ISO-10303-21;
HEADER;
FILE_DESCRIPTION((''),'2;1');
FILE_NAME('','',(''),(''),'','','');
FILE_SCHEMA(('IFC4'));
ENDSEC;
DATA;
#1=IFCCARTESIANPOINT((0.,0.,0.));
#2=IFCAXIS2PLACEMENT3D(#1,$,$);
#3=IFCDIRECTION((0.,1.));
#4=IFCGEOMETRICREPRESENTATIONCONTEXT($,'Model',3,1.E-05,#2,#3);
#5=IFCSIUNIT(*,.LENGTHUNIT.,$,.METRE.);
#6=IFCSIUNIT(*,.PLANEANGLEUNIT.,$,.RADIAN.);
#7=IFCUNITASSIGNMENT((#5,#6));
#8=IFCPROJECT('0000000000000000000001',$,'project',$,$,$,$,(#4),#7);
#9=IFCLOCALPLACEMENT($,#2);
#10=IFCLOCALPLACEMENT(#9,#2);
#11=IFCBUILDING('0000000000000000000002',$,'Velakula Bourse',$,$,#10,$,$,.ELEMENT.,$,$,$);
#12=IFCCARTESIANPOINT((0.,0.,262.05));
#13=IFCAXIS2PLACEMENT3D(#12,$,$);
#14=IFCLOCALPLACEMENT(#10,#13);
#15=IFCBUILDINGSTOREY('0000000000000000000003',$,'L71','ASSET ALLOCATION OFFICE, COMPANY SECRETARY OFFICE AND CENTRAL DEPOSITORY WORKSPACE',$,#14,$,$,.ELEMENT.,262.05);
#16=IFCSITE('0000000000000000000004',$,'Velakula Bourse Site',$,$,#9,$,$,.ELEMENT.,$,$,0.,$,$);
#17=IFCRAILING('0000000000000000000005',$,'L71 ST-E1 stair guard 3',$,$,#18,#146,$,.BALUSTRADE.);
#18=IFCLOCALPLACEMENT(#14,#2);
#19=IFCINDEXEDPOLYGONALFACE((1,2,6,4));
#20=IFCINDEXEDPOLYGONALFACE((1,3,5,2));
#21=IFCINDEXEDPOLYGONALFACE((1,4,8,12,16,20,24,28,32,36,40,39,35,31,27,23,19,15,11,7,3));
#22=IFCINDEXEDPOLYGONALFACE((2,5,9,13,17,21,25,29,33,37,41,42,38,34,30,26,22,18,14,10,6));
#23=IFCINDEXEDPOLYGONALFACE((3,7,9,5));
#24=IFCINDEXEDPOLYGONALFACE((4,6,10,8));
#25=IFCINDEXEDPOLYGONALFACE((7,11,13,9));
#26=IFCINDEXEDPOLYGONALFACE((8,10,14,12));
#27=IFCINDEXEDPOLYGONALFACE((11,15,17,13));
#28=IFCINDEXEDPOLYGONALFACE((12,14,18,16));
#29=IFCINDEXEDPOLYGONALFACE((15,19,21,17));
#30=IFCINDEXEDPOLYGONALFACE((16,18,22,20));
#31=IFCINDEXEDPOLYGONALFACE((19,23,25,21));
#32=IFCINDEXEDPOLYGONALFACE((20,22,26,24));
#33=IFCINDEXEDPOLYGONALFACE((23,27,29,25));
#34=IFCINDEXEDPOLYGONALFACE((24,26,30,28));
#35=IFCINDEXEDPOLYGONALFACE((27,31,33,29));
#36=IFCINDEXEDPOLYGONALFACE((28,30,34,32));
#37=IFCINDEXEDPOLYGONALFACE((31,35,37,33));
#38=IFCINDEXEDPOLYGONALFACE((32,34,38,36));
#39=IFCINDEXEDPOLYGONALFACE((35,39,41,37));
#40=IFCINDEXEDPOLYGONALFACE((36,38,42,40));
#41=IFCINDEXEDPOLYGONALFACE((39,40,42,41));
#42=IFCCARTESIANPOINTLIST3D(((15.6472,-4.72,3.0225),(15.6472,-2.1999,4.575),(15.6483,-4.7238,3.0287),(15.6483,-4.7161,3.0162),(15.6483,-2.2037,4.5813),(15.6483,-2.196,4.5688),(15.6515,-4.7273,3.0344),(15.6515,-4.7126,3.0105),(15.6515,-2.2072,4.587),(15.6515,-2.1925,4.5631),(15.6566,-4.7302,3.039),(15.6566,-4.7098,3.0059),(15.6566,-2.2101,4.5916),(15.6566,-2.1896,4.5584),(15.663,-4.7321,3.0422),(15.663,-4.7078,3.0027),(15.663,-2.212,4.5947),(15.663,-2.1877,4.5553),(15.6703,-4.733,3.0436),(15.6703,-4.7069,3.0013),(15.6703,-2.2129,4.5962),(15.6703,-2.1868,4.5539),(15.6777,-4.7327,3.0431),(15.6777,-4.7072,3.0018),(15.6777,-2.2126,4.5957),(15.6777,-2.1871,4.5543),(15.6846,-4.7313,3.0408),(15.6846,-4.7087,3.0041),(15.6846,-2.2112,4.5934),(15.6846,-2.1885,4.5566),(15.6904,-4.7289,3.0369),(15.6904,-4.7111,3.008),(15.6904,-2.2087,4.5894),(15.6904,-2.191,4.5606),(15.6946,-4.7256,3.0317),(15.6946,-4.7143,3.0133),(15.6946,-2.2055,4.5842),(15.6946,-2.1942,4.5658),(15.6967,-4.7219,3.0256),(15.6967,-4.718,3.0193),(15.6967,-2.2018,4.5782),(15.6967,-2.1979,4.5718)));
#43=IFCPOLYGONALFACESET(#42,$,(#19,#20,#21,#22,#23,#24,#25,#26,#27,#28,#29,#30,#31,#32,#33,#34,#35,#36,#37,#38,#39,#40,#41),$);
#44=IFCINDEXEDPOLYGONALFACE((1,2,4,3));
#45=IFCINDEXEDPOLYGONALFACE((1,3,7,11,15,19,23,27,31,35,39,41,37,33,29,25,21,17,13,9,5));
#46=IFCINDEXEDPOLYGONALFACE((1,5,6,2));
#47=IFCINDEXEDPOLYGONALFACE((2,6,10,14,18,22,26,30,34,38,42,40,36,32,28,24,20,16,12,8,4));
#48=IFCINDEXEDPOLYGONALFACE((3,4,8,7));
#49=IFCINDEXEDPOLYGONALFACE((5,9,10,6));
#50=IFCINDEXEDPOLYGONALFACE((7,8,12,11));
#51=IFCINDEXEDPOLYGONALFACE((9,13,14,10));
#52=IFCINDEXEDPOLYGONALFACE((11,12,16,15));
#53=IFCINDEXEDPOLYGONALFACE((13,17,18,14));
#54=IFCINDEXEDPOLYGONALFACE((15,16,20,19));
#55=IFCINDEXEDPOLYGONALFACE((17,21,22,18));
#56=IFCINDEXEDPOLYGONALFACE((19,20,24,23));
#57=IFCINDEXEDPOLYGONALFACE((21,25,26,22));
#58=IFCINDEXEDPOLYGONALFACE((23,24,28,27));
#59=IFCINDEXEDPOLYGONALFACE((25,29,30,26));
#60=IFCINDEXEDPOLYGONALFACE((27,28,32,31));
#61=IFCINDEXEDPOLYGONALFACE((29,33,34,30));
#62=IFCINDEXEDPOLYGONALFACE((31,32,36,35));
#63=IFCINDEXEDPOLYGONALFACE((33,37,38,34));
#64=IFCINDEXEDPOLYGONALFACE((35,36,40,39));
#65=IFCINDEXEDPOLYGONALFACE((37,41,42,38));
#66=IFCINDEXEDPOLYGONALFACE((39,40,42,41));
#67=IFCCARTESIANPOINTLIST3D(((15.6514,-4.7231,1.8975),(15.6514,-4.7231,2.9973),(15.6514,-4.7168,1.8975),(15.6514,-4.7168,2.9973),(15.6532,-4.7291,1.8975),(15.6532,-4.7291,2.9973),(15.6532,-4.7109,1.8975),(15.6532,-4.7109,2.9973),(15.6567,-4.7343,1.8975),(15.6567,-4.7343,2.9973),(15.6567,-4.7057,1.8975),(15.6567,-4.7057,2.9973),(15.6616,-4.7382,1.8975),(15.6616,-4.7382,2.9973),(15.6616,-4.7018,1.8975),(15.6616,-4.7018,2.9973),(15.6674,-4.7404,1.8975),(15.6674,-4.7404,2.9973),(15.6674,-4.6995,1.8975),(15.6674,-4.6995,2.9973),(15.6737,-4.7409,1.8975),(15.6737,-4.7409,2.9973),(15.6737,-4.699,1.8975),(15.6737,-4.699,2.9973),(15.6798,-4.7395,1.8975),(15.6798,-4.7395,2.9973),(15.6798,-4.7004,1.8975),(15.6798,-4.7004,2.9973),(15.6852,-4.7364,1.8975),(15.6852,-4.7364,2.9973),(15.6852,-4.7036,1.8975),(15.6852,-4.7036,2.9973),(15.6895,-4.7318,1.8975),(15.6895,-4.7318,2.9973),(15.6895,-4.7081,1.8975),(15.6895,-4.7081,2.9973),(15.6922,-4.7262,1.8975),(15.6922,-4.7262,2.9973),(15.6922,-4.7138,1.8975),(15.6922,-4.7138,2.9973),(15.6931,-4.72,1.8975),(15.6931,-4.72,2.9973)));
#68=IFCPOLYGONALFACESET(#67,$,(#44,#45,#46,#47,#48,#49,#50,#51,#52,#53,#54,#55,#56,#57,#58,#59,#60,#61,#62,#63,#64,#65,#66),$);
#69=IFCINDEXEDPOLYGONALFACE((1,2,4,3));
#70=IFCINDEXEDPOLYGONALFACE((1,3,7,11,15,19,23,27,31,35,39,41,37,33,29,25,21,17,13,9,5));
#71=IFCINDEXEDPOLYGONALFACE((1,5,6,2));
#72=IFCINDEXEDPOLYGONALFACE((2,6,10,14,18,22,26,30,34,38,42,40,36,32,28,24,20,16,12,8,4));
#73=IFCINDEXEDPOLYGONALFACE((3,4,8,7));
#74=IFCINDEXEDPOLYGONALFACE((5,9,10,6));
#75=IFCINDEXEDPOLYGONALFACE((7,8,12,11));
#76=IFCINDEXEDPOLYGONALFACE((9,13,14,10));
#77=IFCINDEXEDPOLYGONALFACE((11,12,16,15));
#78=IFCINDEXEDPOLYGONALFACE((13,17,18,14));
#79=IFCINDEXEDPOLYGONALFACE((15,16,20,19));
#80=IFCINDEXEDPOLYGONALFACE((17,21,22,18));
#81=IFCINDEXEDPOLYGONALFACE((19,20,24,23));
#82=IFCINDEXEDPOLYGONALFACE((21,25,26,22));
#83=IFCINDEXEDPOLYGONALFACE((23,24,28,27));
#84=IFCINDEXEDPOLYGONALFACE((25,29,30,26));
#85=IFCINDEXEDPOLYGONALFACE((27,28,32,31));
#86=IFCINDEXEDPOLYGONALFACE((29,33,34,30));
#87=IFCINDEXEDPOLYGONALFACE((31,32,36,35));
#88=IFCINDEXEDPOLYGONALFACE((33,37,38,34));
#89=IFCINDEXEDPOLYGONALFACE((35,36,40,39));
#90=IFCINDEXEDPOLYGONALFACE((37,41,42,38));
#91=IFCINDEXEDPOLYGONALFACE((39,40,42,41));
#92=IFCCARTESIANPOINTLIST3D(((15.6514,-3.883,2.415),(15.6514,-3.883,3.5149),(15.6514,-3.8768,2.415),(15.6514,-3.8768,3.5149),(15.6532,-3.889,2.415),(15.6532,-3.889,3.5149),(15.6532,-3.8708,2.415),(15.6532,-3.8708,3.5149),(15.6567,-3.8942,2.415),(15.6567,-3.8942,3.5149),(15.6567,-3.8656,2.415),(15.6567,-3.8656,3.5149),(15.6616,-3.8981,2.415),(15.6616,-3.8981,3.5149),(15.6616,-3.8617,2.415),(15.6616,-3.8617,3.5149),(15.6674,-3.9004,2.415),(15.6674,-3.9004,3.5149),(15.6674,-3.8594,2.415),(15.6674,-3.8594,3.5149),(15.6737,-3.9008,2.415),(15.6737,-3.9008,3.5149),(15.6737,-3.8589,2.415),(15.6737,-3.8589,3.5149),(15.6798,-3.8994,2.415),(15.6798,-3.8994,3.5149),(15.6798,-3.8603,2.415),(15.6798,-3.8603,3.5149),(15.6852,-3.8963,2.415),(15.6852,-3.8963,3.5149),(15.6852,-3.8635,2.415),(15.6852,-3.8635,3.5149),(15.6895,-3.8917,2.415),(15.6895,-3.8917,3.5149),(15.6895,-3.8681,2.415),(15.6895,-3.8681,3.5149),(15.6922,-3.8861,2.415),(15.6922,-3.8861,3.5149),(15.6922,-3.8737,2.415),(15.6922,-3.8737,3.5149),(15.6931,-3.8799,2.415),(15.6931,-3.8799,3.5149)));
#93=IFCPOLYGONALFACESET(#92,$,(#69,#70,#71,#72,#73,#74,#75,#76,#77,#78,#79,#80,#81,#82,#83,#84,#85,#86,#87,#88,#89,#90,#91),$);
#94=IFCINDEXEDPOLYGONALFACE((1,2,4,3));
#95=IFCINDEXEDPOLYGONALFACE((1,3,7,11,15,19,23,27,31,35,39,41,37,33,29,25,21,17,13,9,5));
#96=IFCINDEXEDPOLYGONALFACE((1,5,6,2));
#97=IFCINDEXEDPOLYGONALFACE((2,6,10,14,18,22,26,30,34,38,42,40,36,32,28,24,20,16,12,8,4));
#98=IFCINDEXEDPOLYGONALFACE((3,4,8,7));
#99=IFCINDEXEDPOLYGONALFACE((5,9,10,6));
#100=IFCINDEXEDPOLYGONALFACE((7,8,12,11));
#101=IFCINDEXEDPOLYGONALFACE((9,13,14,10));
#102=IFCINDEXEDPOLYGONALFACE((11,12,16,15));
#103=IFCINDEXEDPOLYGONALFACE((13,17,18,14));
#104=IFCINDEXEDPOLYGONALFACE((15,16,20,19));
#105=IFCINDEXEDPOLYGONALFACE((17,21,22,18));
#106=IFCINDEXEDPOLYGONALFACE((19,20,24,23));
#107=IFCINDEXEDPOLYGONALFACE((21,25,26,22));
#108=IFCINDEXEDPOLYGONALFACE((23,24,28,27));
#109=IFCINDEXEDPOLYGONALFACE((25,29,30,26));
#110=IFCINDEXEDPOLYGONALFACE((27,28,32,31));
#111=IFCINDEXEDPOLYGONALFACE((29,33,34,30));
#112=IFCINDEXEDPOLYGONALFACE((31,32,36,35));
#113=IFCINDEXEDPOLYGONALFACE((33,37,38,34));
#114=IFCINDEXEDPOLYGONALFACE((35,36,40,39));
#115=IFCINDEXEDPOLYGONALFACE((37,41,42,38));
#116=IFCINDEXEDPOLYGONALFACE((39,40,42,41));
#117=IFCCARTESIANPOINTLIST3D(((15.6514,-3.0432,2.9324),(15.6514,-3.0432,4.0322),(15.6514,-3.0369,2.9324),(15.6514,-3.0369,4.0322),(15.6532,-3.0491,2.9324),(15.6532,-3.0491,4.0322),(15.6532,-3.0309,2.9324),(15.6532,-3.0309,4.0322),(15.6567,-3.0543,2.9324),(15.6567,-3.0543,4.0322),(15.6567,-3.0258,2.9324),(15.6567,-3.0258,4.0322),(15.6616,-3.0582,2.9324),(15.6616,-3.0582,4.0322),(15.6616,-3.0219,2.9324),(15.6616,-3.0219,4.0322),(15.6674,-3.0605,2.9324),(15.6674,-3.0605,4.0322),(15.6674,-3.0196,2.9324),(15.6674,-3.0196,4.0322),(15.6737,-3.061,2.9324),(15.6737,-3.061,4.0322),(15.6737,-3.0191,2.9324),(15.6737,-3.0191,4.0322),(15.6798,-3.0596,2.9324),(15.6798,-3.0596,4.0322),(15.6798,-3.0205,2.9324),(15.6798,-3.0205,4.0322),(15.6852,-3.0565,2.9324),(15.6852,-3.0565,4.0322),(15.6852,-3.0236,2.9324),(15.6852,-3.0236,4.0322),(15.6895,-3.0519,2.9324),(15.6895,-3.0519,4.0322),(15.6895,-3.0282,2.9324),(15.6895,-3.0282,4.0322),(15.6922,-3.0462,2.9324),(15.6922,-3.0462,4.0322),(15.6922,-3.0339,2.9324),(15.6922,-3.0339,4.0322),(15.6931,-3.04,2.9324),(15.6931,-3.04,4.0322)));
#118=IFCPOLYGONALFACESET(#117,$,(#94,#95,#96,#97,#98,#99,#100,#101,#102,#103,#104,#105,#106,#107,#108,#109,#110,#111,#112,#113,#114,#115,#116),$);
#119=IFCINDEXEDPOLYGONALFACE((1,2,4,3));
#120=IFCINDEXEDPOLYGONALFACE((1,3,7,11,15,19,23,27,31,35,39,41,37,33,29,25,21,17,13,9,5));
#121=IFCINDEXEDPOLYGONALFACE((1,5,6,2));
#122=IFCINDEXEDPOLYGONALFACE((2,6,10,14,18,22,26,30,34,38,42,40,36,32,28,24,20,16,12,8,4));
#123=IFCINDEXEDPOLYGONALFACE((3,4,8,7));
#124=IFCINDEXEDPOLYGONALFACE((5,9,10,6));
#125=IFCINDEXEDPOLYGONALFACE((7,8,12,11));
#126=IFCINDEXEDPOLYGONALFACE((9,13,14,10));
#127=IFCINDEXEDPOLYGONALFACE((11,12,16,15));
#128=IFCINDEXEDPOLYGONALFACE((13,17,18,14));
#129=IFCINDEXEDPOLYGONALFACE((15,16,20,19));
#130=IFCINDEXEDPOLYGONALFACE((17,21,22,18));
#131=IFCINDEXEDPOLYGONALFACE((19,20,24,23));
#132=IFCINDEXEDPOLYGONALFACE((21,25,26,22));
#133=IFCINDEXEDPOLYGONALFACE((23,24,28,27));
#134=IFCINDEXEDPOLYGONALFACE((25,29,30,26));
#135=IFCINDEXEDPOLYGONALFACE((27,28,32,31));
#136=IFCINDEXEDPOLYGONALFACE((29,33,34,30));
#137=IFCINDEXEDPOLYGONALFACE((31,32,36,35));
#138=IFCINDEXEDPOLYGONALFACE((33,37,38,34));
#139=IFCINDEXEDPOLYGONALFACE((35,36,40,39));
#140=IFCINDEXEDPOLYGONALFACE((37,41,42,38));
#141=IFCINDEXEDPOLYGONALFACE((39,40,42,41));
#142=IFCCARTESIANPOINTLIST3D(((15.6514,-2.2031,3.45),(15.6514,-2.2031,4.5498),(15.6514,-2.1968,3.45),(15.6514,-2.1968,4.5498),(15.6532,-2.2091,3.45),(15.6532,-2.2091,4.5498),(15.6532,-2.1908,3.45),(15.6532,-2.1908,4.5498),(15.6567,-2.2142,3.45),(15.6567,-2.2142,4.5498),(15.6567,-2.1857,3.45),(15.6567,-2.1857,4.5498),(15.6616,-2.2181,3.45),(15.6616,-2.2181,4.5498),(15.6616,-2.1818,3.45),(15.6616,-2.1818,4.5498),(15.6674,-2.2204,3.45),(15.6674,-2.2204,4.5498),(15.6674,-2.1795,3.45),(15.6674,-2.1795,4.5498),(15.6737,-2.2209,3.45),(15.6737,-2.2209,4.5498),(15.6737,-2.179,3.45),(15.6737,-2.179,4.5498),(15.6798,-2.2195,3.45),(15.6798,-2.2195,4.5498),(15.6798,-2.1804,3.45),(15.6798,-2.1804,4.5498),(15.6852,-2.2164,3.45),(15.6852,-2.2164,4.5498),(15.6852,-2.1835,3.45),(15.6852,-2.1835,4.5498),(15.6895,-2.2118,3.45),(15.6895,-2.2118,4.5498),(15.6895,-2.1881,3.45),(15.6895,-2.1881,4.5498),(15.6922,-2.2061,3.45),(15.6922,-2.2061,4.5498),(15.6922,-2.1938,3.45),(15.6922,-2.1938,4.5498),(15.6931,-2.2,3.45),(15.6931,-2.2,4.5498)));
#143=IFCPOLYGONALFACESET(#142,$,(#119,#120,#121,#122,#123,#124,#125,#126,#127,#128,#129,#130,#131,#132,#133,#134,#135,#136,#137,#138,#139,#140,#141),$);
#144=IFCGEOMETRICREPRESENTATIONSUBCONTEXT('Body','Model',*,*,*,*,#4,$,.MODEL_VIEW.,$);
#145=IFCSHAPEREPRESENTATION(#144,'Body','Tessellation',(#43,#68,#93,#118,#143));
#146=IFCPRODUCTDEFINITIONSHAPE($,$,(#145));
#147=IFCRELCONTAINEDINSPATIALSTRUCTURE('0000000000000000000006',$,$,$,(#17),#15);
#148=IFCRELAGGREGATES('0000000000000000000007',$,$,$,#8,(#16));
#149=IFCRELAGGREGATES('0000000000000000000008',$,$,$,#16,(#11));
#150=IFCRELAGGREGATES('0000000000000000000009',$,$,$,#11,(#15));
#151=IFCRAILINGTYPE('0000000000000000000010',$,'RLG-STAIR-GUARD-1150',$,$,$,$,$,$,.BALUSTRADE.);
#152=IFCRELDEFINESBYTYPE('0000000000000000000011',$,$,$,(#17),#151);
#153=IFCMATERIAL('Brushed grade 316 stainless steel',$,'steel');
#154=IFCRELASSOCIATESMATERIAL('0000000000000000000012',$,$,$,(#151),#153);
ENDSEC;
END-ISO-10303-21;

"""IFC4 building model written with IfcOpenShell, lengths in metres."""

from ifc_helpers import new_model, si_unit, direction, frame, origin, origin_2d, place, context, subcontext, project, spatial, circle, extrude, material, type_object, element, save


model = new_model("IFC4")

# Units and contexts
model_context = context("Model", 3, precision=1e-05, world=origin(), true_north=direction((0.0, 1.0)))
body_context = subcontext(model_context, "Body", "Model", "MODEL_VIEW")
ifc_project = project(units=[si_unit("LENGTHUNIT", "METRE"), si_unit("PLANEANGLEUNIT", "RADIAN")], contexts=[model_context])

# Site, building, storey
site_placement = place(None, origin())
site = spatial("IfcSite", under=ifc_project, at=site_placement, Name="Velakula Bourse Site", CompositionType="ELEMENT", RefElevation=0.0)
building_placement = place(site_placement, origin())
building = spatial("IfcBuilding", under=site, at=building_placement, Name="Velakula Bourse", CompositionType="ELEMENT")
storey_placement = place(building_placement, frame((0.0, 0.0, 262.05)))
storey = spatial("IfcBuildingStorey", under=building, at=storey_placement, Name="L71", Description="ASSET ALLOCATION OFFICE, COMPANY SECRETARY OFFICE AND CENTRAL DEPOSITORY WORKSPACE", CompositionType="ELEMENT", Elevation=262.05)

# Shared definitions
ifc_material_1 = material(Name="Brushed grade 316 stainless steel", Category="steel")

# Railing
railing_type_1 = type_object("IfcRailingType", Name="RLG-STAIR-GUARD-1150", PredefinedType="BALUSTRADE", material=ifc_material_1)
railing_1_placement = place(storey_placement, frame((15.6721, -4.72, 1.8975)))
element("IfcRailing", 1, at=railing_1_placement, inside=storey, type_object=railing_type_1, Name="L71 ST-E1 stair guard 3", PredefinedType="BALUSTRADE", context=body_context, shape_type="SweptSolid", body=[
    extrude(circle(Radius=0.0249, at=origin_2d()), frame((0.0, 0.0, 1.125), z_axis=(0.0, 0.8514, 0.524516), x_axis=(-1.0, 0.0, 0.0)), (0.0, 0.0, 1.0), 2.96),
    extrude(circle(Radius=0.021, at=origin_2d()), origin(), (0.0, 0.0, 1.0), 1.0999),
    extrude(circle(Radius=0.021, at=origin_2d()), frame((0.0, 0.8401, 0.5176)), (0.0, 0.0, 1.0), 1.0999),
    extrude(circle(Radius=0.021, at=origin_2d()), frame((0.0, 1.6799, 1.0349)), (0.0, 0.0, 1.0), 1.0999),
    extrude(circle(Radius=0.021, at=origin_2d()), frame((0.0, 2.52, 1.5525)), (0.0, 0.0, 1.0), 1.0999),
])

save(model, "model.ifc")
